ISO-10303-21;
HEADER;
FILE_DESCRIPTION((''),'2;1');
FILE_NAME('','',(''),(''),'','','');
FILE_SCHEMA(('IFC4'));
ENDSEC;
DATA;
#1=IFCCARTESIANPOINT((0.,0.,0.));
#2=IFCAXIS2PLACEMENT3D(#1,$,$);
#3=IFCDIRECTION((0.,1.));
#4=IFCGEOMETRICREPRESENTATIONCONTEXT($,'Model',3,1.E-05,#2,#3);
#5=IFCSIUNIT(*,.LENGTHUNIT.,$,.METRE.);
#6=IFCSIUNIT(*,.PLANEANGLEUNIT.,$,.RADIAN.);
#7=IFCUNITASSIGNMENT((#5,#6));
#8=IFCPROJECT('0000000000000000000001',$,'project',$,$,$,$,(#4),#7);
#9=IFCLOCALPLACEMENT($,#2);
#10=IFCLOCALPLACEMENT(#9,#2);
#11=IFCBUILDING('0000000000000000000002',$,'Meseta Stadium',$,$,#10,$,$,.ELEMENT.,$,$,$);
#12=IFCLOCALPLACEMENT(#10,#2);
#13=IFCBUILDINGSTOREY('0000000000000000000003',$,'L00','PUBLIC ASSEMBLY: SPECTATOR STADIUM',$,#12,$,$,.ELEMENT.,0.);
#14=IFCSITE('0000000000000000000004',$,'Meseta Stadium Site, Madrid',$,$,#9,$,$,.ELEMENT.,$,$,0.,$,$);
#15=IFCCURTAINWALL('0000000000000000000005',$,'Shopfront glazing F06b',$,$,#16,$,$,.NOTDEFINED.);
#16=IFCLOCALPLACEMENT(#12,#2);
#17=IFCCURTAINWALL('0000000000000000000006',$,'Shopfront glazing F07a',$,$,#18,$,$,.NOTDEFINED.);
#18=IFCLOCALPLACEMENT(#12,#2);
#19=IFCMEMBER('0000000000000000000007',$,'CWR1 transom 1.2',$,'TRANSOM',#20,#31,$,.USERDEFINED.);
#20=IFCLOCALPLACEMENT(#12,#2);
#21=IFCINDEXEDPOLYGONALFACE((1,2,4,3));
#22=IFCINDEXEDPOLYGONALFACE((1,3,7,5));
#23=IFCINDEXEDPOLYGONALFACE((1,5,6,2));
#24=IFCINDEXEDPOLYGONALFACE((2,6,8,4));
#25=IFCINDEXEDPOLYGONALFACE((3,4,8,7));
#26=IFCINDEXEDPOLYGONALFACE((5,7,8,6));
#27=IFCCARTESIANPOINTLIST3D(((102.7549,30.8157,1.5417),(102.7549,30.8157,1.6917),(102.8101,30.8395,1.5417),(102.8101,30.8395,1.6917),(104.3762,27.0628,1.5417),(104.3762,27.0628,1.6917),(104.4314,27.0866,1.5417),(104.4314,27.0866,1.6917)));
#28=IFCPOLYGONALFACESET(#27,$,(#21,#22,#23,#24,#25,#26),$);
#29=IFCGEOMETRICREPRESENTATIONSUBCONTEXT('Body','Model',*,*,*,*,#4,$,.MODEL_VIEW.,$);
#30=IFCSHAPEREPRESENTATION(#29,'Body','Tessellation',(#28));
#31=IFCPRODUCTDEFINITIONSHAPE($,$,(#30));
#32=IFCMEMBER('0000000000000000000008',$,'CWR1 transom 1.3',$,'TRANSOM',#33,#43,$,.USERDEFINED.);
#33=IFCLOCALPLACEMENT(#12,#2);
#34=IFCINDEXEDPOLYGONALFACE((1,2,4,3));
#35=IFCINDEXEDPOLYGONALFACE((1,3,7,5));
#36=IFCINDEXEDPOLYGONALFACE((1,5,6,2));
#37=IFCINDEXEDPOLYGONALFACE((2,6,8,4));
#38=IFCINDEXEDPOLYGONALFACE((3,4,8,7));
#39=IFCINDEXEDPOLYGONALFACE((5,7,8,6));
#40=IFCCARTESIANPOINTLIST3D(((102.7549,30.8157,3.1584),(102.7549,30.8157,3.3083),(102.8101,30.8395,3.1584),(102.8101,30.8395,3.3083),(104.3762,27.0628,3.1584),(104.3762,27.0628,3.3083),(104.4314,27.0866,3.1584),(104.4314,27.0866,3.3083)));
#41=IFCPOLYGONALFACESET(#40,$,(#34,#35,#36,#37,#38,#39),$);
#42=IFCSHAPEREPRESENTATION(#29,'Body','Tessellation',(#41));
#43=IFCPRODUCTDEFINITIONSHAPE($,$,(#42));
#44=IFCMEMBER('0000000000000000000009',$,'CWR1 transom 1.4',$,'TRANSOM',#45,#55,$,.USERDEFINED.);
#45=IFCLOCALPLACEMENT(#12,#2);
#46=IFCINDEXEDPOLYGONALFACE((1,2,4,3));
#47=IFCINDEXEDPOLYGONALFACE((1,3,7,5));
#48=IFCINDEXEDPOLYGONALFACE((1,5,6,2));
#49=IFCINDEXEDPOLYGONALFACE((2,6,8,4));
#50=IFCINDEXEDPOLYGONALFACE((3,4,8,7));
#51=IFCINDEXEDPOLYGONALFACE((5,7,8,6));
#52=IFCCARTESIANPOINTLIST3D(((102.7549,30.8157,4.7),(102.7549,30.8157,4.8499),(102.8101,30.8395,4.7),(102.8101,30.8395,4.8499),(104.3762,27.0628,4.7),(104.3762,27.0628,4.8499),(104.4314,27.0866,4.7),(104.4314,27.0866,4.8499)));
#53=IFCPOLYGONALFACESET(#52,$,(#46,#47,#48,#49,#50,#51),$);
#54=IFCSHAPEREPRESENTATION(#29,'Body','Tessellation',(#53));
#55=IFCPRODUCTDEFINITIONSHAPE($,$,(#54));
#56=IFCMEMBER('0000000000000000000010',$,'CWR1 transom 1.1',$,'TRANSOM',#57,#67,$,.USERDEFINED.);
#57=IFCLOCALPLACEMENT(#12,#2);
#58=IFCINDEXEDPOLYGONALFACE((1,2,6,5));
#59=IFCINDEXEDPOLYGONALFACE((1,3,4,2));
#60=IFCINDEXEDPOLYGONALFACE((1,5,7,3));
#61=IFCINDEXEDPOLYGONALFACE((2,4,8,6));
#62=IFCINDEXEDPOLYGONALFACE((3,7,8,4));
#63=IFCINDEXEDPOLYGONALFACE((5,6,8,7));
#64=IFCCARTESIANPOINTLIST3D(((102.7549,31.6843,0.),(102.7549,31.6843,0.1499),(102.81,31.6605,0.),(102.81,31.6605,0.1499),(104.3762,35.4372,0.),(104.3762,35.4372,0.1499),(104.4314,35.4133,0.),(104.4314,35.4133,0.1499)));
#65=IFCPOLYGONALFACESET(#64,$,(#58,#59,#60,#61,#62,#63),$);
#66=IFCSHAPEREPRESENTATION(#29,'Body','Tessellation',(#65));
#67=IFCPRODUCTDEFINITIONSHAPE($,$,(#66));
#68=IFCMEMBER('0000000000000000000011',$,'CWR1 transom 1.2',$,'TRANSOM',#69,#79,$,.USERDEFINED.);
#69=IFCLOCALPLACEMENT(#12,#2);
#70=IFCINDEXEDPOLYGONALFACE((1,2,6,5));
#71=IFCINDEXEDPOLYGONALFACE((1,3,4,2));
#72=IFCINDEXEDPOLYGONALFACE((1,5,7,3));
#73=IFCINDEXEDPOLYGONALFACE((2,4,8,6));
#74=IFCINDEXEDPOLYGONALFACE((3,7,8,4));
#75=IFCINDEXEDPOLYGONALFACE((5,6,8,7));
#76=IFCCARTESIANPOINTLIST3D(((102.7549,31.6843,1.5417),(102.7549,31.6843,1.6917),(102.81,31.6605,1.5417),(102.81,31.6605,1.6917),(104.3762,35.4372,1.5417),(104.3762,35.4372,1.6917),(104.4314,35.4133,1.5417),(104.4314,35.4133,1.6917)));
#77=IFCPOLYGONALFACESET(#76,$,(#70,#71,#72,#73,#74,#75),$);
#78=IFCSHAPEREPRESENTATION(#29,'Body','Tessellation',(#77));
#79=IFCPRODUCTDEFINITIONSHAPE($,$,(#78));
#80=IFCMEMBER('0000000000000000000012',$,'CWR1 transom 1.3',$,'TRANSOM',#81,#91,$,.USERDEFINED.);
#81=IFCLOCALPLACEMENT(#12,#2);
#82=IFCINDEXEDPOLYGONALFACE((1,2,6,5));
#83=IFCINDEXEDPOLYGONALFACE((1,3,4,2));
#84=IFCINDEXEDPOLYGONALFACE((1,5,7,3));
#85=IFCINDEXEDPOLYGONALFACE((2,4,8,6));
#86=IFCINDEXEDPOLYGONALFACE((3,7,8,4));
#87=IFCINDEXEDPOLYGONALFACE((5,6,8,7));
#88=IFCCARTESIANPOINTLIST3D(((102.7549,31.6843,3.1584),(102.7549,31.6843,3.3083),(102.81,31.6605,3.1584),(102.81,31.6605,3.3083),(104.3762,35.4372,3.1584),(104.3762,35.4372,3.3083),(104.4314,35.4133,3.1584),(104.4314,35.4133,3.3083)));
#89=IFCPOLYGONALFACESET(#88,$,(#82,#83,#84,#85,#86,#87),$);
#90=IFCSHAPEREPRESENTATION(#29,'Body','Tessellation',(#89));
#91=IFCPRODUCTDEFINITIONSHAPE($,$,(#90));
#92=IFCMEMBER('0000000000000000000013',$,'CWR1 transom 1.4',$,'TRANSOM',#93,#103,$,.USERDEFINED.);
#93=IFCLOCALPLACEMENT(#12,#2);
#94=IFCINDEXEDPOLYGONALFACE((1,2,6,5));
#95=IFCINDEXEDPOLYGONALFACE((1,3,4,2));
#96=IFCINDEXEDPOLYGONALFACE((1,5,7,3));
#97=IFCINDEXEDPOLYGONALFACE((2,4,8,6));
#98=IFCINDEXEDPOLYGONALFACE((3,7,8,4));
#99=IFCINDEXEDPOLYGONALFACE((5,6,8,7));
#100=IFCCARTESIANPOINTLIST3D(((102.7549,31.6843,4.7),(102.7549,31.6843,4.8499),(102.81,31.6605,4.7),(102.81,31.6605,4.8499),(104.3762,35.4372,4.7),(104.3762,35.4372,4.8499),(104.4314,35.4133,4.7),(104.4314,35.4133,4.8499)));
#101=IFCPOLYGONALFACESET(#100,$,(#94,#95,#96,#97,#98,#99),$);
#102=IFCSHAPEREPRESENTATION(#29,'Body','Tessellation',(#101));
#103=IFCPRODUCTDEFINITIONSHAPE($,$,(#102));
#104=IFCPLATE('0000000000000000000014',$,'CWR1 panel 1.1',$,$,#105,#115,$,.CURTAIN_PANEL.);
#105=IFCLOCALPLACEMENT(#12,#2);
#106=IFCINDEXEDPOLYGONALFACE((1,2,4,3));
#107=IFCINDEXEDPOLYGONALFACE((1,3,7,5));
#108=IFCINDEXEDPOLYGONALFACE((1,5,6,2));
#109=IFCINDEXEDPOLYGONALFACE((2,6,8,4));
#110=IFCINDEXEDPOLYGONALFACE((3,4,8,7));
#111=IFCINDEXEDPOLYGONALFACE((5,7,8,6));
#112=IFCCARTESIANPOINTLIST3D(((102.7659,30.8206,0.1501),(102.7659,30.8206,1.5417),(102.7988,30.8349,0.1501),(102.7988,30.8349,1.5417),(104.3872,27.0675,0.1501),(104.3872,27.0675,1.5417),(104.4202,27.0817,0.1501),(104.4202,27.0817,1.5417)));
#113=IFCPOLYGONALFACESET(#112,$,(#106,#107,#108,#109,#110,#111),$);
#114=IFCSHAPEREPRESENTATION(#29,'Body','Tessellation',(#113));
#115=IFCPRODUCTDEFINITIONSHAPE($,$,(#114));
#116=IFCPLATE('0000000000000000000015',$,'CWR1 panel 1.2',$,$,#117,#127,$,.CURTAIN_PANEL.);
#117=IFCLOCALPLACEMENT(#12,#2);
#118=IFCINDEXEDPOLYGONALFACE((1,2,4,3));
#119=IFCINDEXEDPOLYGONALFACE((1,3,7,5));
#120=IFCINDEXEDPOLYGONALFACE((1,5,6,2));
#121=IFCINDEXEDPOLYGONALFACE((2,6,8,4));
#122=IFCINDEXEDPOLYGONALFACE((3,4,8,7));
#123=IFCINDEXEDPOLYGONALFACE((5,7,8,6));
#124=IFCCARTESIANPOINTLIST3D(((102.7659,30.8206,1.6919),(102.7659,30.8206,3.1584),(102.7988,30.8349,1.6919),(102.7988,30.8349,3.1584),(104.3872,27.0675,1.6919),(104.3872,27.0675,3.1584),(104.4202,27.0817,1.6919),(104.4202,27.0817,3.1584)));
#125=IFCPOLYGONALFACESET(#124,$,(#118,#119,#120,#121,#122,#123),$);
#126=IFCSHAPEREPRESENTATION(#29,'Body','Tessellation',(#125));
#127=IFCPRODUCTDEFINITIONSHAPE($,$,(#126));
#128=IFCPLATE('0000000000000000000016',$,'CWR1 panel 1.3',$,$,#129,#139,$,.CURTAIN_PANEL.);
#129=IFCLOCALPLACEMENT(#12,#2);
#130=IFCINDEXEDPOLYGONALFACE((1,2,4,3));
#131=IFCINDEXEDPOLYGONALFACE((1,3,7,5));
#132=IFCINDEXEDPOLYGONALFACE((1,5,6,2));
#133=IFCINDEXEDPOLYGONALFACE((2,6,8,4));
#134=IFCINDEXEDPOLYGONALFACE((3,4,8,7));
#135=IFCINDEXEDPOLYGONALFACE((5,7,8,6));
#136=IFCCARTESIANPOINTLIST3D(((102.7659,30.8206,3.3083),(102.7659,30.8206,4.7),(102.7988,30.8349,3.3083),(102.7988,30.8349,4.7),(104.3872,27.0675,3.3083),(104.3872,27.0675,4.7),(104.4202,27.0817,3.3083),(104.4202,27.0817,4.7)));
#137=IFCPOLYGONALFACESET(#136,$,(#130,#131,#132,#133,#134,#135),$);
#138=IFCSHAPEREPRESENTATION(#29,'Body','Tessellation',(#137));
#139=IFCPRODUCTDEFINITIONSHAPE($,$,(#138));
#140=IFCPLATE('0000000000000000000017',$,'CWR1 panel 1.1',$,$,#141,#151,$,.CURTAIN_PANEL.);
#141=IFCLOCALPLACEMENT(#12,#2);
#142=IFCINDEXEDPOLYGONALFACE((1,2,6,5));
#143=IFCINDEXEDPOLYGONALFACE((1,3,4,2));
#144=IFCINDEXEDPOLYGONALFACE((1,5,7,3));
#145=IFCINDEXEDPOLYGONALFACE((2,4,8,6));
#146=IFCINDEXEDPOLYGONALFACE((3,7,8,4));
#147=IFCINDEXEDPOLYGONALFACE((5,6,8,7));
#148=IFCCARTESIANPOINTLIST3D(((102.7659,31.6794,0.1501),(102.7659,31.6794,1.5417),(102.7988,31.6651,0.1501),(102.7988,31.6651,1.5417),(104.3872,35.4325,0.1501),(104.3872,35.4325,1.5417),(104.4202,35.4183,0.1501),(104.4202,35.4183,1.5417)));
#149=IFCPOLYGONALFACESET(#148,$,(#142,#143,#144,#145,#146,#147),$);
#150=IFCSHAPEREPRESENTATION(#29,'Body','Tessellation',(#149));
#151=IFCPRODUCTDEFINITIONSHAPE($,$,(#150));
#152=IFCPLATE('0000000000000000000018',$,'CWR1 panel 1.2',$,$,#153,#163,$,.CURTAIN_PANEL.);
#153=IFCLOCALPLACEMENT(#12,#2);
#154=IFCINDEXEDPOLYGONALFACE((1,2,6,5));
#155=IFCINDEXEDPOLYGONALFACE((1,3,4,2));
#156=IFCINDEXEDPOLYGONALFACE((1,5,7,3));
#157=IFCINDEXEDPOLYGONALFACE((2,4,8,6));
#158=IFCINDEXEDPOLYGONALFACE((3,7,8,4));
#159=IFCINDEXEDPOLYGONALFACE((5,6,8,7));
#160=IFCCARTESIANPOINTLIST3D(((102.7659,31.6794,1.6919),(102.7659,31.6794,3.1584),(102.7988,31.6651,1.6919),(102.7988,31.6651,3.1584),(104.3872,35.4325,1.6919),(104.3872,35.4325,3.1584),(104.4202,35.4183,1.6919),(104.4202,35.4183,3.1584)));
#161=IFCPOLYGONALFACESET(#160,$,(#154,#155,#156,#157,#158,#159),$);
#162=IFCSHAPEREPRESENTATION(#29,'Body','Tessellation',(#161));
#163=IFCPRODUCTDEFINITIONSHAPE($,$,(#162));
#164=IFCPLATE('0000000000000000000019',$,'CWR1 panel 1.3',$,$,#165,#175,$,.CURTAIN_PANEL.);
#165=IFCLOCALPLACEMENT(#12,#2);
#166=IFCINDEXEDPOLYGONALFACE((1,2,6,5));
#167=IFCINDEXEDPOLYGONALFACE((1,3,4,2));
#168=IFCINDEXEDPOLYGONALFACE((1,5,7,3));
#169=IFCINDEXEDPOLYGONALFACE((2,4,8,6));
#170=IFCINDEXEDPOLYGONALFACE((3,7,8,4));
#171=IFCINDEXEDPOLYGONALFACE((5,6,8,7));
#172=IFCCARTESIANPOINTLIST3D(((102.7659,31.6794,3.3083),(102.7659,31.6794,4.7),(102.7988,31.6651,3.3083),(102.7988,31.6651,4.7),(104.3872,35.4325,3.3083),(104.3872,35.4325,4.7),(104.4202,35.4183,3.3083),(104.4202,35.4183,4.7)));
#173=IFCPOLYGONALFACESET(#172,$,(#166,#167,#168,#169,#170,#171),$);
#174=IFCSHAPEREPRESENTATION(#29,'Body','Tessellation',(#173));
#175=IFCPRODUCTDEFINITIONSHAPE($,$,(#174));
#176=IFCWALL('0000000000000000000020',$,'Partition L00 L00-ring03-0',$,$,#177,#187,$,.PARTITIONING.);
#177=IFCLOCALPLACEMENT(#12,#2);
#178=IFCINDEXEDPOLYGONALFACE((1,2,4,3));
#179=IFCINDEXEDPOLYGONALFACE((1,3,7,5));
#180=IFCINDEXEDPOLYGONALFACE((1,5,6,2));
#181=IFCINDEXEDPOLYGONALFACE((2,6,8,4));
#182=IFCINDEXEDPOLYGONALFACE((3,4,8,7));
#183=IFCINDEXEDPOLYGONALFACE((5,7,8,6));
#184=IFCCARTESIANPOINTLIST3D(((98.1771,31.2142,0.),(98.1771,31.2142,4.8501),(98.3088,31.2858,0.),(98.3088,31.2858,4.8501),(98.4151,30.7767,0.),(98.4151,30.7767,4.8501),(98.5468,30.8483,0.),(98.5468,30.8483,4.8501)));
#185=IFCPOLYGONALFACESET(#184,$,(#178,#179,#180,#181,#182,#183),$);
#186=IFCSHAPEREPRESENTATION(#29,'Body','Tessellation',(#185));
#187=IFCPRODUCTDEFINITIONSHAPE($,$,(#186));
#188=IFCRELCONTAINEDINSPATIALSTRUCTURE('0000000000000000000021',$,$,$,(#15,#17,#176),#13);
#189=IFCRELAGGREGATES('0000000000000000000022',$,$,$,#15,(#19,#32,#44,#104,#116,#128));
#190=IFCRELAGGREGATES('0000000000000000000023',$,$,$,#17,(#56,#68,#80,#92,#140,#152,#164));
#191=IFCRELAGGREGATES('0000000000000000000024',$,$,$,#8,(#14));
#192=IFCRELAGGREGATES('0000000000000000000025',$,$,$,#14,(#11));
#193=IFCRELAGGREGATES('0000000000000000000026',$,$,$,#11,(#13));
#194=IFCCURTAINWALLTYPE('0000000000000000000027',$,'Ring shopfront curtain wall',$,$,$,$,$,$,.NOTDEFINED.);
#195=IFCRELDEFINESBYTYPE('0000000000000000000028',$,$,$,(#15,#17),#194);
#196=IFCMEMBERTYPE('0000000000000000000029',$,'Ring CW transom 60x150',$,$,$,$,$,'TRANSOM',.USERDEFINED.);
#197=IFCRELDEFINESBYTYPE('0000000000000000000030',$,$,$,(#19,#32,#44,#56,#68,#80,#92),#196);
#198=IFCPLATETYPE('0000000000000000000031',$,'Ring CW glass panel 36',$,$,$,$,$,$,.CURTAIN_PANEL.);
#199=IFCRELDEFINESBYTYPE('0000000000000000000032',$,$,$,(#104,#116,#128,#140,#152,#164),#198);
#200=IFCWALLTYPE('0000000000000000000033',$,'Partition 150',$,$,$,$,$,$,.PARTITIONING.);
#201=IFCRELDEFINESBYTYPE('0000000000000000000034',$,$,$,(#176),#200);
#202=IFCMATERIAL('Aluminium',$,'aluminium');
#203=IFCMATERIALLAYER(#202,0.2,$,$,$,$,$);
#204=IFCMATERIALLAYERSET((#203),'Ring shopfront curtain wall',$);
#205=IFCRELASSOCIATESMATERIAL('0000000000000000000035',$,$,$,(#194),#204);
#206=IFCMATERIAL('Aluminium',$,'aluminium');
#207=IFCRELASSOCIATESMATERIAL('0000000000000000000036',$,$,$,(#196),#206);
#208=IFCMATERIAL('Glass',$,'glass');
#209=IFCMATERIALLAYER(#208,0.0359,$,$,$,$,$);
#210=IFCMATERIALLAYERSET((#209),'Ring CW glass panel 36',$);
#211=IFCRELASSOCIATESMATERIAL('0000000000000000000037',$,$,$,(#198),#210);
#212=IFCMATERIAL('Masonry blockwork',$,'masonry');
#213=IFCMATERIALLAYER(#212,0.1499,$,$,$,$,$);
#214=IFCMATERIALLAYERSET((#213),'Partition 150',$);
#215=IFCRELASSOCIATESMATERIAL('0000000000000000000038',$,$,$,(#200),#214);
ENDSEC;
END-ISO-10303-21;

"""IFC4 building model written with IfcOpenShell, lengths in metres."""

from ifc_helpers import new_model, si_unit, direction, frame, frame_2d, origin, origin_2d, place, context, subcontext, project, spatial, rectangle, extrude, material, layer, layer_set, material_profile, profile_set, type_object, element, aggregate, save


model = new_model("IFC4")

# Units and contexts
model_context = context("Model", 3, precision=1e-05, world=origin(), true_north=direction((0.0, 1.0)))
body_context = subcontext(model_context, "Body", "Model", "MODEL_VIEW")
ifc_project = project(units=[si_unit("LENGTHUNIT", "METRE"), si_unit("PLANEANGLEUNIT", "RADIAN")], contexts=[model_context])

# Site, building, storey
site_placement = place(None, origin())
site = spatial("IfcSite", under=ifc_project, at=site_placement, Name="Meseta Stadium Site, Madrid", CompositionType="ELEMENT", RefElevation=0.0)
building_placement = place(site_placement, origin())
building = spatial("IfcBuilding", under=site, at=building_placement, Name="Meseta Stadium", CompositionType="ELEMENT")
storey_placement = place(building_placement, origin())
storey = spatial("IfcBuildingStorey", under=building, at=storey_placement, Name="L00", Description="PUBLIC ASSEMBLY: SPECTATOR STADIUM", CompositionType="ELEMENT", Elevation=0.0)

# Curtain walls
ifc_material_1 = material(Name="Aluminium", Category="aluminium")
ifc_layer_1 = layer(ifc_material_1, 0.2)
ifc_layer_set_1 = layer_set([ifc_layer_1], Name="Ring shopfront curtain wall")
curtain_wall_type = type_object("IfcCurtainWallType", Name="Ring shopfront curtain wall", PredefinedType="NOTDEFINED", material=ifc_layer_set_1)
curtain_wall_1_placement = place(storey_placement, origin())
curtain_wall_1 = element("IfcCurtainWall", 1, at=curtain_wall_1_placement, inside=storey, type_object=curtain_wall_type, Name="Shopfront glazing F06b", PredefinedType="NOTDEFINED")
curtain_wall_2_placement = place(storey_placement, origin())
curtain_wall_2 = element("IfcCurtainWall", 2, at=curtain_wall_2_placement, inside=storey, type_object=curtain_wall_type, Name="Shopfront glazing F07a", PredefinedType="NOTDEFINED")

# Members
ifc_material_2 = material(Name="Aluminium", Category="aluminium")
ifc_material_profile_1 = material_profile(ifc_material_2, rectangle(XDim=0.0601, YDim=0.1499, at=origin_2d()), Name="CW 60x150")
ifc_profile_set_1 = profile_set([ifc_material_profile_1], Name="Aluminium")
member_type_1 = type_object("IfcMemberType", Name="Ring CW transom 60x150", ElementType="TRANSOM", PredefinedType="USERDEFINED", material=ifc_profile_set_1)
member_1_placement = place(storey_placement, frame((104.4038, 27.0747, 1.6167), z_axis=(-0.396592, 0.917995, 0.0), x_axis=(-0.917995, -0.396592, 0.0)))
member_1 = element("IfcMember", 3, at=member_1_placement, type_object=member_type_1, Name="CWR1 transom 1.2", ObjectType="TRANSOM", PredefinedType="USERDEFINED", context=body_context, shape_type="SweptSolid", body=[
    extrude(rectangle(XDim=0.0601, YDim=0.1499, at=origin_2d()), origin(), (0.0, 0.0, 1.0), 4.0881),
])
member_2_placement = place(storey_placement, frame((104.4038, 27.0747, 3.2334), z_axis=(-0.396592, 0.917995, 0.0), x_axis=(-0.917995, -0.396592, 0.0)))
member_2 = element("IfcMember", 4, at=member_2_placement, type_object=member_type_1, Name="CWR1 transom 1.3", ObjectType="TRANSOM", PredefinedType="USERDEFINED", context=body_context, shape_type="SweptSolid", body=[
    extrude(rectangle(XDim=0.0601, YDim=0.1499, at=origin_2d()), origin(), (0.0, 0.0, 1.0), 4.0881),
])
member_3_placement = place(storey_placement, frame((104.4038, 27.0747, 4.7749), z_axis=(-0.396592, 0.917995, 0.0), x_axis=(-0.917995, -0.396592, 0.0)))
member_3 = element("IfcMember", 5, at=member_3_placement, type_object=member_type_1, Name="CWR1 transom 1.4", ObjectType="TRANSOM", PredefinedType="USERDEFINED", context=body_context, shape_type="SweptSolid", body=[
    extrude(rectangle(XDim=0.0601, YDim=0.1499, at=origin_2d()), origin(), (0.0, 0.0, 1.0), 4.0881),
])
member_4_placement = place(storey_placement, frame((102.7825, 31.6724, 0.075), z_axis=(0.396592, 0.917995, 0.0), x_axis=(-0.917995, 0.396592, 0.0)))
member_4 = element("IfcMember", 6, at=member_4_placement, type_object=member_type_1, Name="CWR1 transom 1.1", ObjectType="TRANSOM", PredefinedType="USERDEFINED", context=body_context, shape_type="SweptSolid", body=[
    extrude(rectangle(XDim=0.0601, YDim=0.1499, at=origin_2d()), origin(), (0.0, 0.0, 1.0), 4.0881),
])
member_5_placement = place(storey_placement, frame((102.7825, 31.6724, 1.6167), z_axis=(0.396592, 0.917995, 0.0), x_axis=(-0.917995, 0.396592, 0.0)))
member_5 = element("IfcMember", 7, at=member_5_placement, type_object=member_type_1, Name="CWR1 transom 1.2", ObjectType="TRANSOM", PredefinedType="USERDEFINED", context=body_context, shape_type="SweptSolid", body=[
    extrude(rectangle(XDim=0.0601, YDim=0.1499, at=origin_2d()), origin(), (0.0, 0.0, 1.0), 4.0881),
])
member_6_placement = place(storey_placement, frame((102.7825, 31.6724, 3.2334), z_axis=(0.396592, 0.917995, 0.0), x_axis=(-0.917995, 0.396592, 0.0)))
member_6 = element("IfcMember", 8, at=member_6_placement, type_object=member_type_1, Name="CWR1 transom 1.3", ObjectType="TRANSOM", PredefinedType="USERDEFINED", context=body_context, shape_type="SweptSolid", body=[
    extrude(rectangle(XDim=0.0601, YDim=0.1499, at=origin_2d()), origin(), (0.0, 0.0, 1.0), 4.0881),
])
member_7_placement = place(storey_placement, frame((102.7825, 31.6724, 4.7749), z_axis=(0.396592, 0.917995, 0.0), x_axis=(-0.917995, 0.396592, 0.0)))
member_7 = element("IfcMember", 9, at=member_7_placement, type_object=member_type_1, Name="CWR1 transom 1.4", ObjectType="TRANSOM", PredefinedType="USERDEFINED", context=body_context, shape_type="SweptSolid", body=[
    extrude(rectangle(XDim=0.0601, YDim=0.1499, at=origin_2d()), origin(), (0.0, 0.0, 1.0), 4.0881),
])

# Plates
ifc_material_3 = material(Name="Glass", Category="glass")
ifc_layer_2 = layer(ifc_material_3, 0.0359)
ifc_layer_set_2 = layer_set([ifc_layer_2], Name="Ring CW glass panel 36")
plate_type = type_object("IfcPlateType", Name="Ring CW glass panel 36", PredefinedType="CURTAIN_PANEL", material=ifc_layer_set_2)
plate_1_placement = place(storey_placement, frame((103.593, 28.9512, 0.1501), z_axis=(0.0, 0.0, 1.0), x_axis=(-0.396576, 0.918002, 0.0)))
plate_1 = element("IfcPlate", 10, at=plate_1_placement, type_object=plate_type, Name="CWR1 panel 1.1", PredefinedType="CURTAIN_PANEL", context=body_context, shape_type="SweptSolid", body=[
    extrude(rectangle(XDim=4.0884, YDim=0.0359, at=origin_2d()), origin(), (0.0, 0.0, 1.0), 1.3916),
])
plate_2_placement = place(storey_placement, frame((103.593, 28.9512, 1.6919), z_axis=(0.0, 0.0, 1.0), x_axis=(-0.396576, 0.918002, 0.0)))
plate_2 = element("IfcPlate", 11, at=plate_2_placement, type_object=plate_type, Name="CWR1 panel 1.2", PredefinedType="CURTAIN_PANEL", context=body_context, shape_type="SweptSolid", body=[
    extrude(rectangle(XDim=4.0884, YDim=0.0359, at=origin_2d()), origin(), (0.0, 0.0, 1.0), 1.4666),
])
plate_3_placement = place(storey_placement, frame((103.593, 28.9512, 3.3083), z_axis=(0.0, 0.0, 1.0), x_axis=(-0.396576, 0.918002, 0.0)))
plate_3 = element("IfcPlate", 12, at=plate_3_placement, type_object=plate_type, Name="CWR1 panel 1.3", PredefinedType="CURTAIN_PANEL", context=body_context, shape_type="SweptSolid", body=[
    extrude(rectangle(XDim=4.0884, YDim=0.0359, at=origin_2d()), origin(), (0.0, 0.0, 1.0), 1.3916),
])
aggregate(curtain_wall_1, [member_1, member_2, member_3, plate_1, plate_2, plate_3])
plate_4_placement = place(storey_placement, frame((103.593, 33.5488, 0.1501), z_axis=(0.0, 0.0, 1.0), x_axis=(0.396576, 0.918002, 0.0)))
plate_4 = element("IfcPlate", 13, at=plate_4_placement, type_object=plate_type, Name="CWR1 panel 1.1", PredefinedType="CURTAIN_PANEL", context=body_context, shape_type="SweptSolid", body=[
    extrude(rectangle(XDim=4.0884, YDim=0.0359, at=origin_2d()), origin(), (0.0, 0.0, 1.0), 1.3916),
])
plate_5_placement = place(storey_placement, frame((103.593, 33.5488, 1.6919), z_axis=(0.0, 0.0, 1.0), x_axis=(0.396576, 0.918002, 0.0)))
plate_5 = element("IfcPlate", 14, at=plate_5_placement, type_object=plate_type, Name="CWR1 panel 1.2", PredefinedType="CURTAIN_PANEL", context=body_context, shape_type="SweptSolid", body=[
    extrude(rectangle(XDim=4.0884, YDim=0.0359, at=origin_2d()), origin(), (0.0, 0.0, 1.0), 1.4666),
])
plate_6_placement = place(storey_placement, frame((103.593, 33.5488, 3.3083), z_axis=(0.0, 0.0, 1.0), x_axis=(0.396576, 0.918002, 0.0)))
plate_6 = element("IfcPlate", 15, at=plate_6_placement, type_object=plate_type, Name="CWR1 panel 1.3", PredefinedType="CURTAIN_PANEL", context=body_context, shape_type="SweptSolid", body=[
    extrude(rectangle(XDim=4.0884, YDim=0.0359, at=origin_2d()), origin(), (0.0, 0.0, 1.0), 1.3916),
])
aggregate(curtain_wall_2, [member_4, member_5, member_6, member_7, plate_4, plate_5, plate_6])

# Wall
ifc_material_4 = material(Name="Masonry blockwork", Category="masonry")
ifc_layer_3 = layer(ifc_material_4, 0.1499)
ifc_layer_set_3 = layer_set([ifc_layer_3], Name="Partition 150")
wall_type_1 = type_object("IfcWallType", Name="Partition 150", PredefinedType="PARTITIONING", material=ifc_layer_set_3)
wall_1_placement = place(storey_placement, frame((98.481, 30.8125, 0.0), z_axis=(0.0, 0.0, 1.0), x_axis=(-0.477925, 0.878401, 0.0)))
element("IfcWall", 16, at=wall_1_placement, inside=storey, type_object=wall_type_1, Name="Partition L00 L00-ring03-0", PredefinedType="PARTITIONING", context=body_context, shape_type="SweptSolid", body=[
    extrude(rectangle(XDim=0.498, YDim=0.1499, at=frame_2d((0.249, 0.0))), origin(), (0.0, 0.0, 1.0), 4.8501),
])

save(model, "model.ifc")
